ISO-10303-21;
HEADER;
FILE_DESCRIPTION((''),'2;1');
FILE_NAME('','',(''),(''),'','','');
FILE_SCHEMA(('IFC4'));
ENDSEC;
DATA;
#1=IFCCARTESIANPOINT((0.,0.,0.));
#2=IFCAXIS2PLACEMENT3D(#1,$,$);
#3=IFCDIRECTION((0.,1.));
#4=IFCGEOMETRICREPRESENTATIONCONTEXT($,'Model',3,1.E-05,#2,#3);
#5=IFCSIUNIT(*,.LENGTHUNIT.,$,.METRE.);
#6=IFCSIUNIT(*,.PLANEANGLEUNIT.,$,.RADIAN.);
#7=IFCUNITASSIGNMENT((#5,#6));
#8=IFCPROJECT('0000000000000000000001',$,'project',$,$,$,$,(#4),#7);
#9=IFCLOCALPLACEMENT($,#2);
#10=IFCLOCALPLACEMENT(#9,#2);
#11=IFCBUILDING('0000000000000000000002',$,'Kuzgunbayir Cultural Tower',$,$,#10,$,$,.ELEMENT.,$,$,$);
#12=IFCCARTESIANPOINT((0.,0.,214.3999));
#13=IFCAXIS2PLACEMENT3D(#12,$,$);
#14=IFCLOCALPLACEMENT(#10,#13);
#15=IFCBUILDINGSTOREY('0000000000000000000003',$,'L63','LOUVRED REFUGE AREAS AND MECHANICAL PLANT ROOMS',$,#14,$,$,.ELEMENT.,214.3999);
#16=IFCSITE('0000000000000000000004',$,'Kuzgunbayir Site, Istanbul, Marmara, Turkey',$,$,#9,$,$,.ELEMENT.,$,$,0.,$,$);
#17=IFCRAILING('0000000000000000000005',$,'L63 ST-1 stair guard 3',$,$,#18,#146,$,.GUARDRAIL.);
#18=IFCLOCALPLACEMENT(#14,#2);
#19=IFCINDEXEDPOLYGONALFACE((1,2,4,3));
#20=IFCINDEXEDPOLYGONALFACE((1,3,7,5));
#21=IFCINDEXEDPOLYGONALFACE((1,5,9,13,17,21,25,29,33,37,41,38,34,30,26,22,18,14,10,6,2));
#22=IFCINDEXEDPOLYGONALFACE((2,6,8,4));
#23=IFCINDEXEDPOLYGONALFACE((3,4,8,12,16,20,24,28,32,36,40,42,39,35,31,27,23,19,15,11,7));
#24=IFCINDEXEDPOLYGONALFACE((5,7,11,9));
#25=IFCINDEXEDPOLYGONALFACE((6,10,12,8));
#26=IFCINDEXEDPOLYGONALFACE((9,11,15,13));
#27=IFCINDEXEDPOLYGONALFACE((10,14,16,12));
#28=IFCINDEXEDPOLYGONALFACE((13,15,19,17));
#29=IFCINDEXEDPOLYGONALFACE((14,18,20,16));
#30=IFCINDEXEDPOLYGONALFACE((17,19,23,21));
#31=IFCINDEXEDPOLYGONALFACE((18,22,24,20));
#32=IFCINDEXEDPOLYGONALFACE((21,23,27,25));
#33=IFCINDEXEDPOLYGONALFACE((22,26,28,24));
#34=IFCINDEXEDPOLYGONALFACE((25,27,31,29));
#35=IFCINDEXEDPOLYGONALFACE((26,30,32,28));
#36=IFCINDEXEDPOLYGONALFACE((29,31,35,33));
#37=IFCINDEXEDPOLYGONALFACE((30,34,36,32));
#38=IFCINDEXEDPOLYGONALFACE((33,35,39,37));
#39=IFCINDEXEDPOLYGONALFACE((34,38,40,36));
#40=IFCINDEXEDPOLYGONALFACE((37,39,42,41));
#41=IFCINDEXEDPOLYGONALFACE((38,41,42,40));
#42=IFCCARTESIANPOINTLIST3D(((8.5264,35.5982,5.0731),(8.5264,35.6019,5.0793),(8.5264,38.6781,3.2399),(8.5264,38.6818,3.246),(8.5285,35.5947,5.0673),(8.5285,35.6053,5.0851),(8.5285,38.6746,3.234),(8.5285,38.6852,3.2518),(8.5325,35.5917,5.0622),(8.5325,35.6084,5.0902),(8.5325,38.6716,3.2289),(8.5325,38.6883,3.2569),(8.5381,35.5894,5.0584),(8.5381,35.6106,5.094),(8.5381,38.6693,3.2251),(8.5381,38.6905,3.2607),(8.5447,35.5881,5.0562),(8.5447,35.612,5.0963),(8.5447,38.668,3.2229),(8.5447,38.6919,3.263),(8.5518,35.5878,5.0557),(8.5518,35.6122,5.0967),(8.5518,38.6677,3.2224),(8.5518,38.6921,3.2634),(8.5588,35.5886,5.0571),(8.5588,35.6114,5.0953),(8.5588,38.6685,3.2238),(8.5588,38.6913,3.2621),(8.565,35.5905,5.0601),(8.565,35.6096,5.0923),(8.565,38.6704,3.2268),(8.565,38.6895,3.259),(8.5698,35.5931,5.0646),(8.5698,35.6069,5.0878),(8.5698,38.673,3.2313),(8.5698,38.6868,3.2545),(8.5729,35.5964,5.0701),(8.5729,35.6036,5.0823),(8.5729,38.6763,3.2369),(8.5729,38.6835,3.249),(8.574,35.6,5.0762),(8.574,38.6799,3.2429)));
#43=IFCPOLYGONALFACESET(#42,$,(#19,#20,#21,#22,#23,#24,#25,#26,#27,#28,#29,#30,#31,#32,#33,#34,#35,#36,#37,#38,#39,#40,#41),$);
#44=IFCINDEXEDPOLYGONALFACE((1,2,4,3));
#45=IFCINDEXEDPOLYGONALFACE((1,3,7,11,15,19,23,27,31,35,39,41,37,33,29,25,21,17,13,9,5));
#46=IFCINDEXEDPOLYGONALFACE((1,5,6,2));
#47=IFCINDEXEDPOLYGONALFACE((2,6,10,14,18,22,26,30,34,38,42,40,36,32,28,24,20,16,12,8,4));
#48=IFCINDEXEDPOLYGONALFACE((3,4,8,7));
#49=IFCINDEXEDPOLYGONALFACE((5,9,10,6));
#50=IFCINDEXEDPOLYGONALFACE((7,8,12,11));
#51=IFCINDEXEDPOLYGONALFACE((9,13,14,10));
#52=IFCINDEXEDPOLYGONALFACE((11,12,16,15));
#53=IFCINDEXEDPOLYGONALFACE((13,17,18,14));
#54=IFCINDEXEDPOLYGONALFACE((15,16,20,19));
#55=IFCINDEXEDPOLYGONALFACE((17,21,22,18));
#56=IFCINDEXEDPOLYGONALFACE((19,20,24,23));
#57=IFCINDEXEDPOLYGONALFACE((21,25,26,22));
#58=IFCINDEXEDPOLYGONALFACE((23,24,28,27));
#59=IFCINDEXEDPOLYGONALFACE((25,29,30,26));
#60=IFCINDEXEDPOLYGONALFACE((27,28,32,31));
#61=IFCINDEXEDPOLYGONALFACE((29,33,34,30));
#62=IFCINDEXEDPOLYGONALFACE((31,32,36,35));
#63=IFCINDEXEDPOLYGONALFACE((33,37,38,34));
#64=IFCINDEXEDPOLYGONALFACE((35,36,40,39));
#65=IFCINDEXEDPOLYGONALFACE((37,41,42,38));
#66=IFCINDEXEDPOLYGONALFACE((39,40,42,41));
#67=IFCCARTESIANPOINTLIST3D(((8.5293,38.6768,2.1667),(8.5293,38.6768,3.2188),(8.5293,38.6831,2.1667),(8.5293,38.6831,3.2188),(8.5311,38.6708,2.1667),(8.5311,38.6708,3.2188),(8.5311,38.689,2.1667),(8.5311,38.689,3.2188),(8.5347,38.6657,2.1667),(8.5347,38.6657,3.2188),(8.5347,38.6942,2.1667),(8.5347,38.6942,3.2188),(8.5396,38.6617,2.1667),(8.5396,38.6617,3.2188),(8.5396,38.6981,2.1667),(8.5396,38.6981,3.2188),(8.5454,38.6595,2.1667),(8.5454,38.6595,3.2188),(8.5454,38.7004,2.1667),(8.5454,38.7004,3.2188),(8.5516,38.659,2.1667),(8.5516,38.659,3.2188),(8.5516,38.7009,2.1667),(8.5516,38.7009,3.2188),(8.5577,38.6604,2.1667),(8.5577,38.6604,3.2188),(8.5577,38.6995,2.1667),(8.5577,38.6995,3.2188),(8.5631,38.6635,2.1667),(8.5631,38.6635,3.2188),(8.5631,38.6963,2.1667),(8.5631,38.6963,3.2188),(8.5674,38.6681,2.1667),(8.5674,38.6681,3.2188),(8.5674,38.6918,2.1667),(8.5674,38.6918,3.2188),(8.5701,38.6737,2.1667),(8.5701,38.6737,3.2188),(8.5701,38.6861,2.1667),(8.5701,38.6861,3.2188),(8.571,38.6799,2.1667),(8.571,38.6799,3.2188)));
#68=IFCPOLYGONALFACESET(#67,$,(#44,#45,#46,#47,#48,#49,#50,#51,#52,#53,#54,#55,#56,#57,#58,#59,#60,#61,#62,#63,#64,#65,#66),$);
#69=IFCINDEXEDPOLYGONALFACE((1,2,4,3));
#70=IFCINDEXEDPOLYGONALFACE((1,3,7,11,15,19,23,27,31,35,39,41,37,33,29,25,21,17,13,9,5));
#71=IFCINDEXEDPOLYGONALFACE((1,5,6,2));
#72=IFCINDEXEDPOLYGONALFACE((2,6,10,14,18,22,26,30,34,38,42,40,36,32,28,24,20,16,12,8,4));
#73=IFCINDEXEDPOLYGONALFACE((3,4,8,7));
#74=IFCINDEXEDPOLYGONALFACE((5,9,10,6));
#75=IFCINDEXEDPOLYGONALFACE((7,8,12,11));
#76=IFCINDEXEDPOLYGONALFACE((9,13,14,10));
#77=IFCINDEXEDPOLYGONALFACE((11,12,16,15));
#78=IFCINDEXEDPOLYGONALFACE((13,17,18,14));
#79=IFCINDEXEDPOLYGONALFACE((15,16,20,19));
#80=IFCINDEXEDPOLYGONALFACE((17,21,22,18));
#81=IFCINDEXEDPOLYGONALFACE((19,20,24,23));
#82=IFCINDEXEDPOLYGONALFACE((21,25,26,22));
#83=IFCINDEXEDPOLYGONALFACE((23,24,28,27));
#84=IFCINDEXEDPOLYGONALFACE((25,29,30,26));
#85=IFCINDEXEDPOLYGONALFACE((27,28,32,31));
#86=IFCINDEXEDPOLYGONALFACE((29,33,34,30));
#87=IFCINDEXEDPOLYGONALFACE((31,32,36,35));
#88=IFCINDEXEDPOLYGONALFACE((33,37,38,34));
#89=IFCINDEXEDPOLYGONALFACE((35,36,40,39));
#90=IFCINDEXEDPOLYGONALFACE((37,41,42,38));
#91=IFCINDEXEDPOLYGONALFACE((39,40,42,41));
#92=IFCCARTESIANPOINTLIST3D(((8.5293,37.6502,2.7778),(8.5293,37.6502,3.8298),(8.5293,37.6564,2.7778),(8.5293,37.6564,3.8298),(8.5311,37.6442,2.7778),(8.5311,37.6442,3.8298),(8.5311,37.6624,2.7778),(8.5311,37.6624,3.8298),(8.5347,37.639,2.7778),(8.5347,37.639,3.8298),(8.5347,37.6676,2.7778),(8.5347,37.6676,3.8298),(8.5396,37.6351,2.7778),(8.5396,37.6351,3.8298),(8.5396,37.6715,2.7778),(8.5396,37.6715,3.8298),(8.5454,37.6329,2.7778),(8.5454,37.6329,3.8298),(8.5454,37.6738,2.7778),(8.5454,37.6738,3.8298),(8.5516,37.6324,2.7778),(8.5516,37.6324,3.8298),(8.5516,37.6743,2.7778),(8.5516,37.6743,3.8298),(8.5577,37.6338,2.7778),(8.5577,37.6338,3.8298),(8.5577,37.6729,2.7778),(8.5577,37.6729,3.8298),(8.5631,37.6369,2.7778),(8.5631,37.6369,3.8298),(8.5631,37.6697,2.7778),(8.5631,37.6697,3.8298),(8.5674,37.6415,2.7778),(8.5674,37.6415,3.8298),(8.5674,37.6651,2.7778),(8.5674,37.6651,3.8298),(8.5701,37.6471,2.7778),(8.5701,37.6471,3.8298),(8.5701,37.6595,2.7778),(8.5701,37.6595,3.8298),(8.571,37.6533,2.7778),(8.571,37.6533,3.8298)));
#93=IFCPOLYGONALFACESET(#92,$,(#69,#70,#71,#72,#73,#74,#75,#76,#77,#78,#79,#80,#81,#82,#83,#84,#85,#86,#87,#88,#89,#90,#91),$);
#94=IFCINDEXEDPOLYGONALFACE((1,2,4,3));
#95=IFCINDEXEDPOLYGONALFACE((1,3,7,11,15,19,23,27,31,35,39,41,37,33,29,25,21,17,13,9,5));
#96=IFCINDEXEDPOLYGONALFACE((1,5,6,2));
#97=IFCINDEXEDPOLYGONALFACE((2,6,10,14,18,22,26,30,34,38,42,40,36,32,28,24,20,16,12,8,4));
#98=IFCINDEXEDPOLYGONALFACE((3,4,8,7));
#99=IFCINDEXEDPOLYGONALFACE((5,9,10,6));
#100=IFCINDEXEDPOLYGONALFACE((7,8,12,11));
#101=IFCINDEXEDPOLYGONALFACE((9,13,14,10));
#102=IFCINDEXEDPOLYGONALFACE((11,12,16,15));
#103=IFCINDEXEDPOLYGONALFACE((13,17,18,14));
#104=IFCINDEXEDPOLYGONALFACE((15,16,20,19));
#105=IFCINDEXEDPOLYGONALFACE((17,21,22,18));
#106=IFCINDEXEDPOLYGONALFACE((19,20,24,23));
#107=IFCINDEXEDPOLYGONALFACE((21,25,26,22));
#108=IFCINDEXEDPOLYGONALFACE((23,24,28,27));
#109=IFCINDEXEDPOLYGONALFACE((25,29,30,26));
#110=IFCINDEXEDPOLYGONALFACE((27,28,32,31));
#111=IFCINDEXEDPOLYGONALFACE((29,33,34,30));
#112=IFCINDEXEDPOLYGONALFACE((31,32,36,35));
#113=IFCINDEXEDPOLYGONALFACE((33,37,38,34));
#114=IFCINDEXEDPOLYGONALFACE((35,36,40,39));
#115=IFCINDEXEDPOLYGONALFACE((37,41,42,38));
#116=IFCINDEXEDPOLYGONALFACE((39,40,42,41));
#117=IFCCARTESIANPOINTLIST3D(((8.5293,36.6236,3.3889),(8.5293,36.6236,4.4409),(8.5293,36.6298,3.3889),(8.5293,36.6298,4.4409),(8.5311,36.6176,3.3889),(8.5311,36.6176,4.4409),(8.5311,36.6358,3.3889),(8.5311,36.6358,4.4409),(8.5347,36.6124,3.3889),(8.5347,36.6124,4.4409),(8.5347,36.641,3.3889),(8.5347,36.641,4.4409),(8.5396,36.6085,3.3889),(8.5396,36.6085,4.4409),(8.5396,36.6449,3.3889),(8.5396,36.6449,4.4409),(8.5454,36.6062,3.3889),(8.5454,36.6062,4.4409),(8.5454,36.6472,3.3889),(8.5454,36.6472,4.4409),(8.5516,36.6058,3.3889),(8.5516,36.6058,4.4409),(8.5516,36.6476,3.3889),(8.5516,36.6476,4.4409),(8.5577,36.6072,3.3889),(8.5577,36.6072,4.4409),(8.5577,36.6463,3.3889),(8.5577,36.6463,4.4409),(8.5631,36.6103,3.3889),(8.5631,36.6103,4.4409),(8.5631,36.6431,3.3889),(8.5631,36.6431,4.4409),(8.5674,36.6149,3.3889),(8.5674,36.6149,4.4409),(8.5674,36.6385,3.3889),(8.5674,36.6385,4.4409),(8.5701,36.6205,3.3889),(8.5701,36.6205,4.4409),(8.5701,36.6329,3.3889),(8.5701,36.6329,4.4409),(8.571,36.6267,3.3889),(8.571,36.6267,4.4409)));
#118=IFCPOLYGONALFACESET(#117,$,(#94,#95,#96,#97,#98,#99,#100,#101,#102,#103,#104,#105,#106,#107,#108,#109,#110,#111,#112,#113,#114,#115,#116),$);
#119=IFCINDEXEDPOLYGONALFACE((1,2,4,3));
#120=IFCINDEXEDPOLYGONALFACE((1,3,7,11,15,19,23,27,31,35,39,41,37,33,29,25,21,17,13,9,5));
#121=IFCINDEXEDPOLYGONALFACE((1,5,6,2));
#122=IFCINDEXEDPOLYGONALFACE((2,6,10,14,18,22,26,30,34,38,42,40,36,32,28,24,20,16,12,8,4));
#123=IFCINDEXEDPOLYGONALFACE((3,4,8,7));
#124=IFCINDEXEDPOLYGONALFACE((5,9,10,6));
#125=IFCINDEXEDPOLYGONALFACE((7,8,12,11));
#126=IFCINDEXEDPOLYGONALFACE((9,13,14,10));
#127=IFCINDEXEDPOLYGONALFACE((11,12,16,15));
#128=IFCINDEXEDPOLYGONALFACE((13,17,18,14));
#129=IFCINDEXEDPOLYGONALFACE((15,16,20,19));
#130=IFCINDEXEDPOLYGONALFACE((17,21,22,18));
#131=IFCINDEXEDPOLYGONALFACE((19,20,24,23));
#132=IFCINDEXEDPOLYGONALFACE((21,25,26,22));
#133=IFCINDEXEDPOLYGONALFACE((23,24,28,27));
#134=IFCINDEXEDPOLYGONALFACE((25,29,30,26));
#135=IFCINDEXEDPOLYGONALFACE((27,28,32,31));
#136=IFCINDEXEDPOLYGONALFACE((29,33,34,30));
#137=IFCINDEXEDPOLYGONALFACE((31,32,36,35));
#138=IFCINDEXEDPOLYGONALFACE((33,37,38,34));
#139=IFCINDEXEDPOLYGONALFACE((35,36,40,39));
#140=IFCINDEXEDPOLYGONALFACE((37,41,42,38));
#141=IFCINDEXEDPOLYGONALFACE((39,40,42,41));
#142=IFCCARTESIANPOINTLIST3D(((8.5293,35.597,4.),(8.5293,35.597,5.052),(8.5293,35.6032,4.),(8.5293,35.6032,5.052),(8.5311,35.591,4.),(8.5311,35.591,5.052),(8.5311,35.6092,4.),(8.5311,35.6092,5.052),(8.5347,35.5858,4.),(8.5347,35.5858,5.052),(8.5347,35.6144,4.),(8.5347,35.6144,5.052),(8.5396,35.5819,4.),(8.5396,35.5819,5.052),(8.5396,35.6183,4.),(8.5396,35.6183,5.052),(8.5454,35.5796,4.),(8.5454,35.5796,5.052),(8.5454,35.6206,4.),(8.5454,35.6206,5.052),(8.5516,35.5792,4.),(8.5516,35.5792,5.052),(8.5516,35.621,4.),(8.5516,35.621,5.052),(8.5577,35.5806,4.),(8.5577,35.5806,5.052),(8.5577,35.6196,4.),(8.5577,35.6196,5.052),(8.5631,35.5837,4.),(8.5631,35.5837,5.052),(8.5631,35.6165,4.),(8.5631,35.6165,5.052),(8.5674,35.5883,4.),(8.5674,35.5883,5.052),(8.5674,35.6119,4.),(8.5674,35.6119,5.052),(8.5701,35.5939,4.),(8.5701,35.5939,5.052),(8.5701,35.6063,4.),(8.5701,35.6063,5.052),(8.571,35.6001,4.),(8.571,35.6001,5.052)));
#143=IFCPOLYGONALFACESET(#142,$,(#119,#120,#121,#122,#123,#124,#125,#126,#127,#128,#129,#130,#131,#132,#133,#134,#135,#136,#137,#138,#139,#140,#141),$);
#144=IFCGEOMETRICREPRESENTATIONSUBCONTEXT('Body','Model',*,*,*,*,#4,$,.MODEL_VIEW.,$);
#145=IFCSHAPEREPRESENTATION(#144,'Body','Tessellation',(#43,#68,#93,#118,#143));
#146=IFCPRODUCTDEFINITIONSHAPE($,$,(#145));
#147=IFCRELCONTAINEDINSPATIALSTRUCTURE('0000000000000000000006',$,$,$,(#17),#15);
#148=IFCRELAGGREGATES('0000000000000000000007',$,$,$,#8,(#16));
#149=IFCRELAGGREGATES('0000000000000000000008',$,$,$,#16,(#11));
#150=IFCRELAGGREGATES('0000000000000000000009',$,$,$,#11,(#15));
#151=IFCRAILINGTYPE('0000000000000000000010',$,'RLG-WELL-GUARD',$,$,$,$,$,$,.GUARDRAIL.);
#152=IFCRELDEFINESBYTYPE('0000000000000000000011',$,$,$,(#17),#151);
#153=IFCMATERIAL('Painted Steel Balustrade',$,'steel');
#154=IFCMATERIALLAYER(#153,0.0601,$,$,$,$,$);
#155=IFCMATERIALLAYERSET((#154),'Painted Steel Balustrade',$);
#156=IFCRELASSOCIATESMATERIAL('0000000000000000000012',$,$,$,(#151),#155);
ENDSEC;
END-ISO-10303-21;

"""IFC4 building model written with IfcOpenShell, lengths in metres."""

from ifc_helpers import new_model, si_unit, direction, frame, origin, origin_2d, place, context, subcontext, project, spatial, circle, extrude, material, layer, layer_set, type_object, element, save


model = new_model("IFC4")

# Units and contexts
model_context = context("Model", 3, precision=1e-05, world=origin(), true_north=direction((0.0, 1.0)))
body_context = subcontext(model_context, "Body", "Model", "MODEL_VIEW")
ifc_project = project(units=[si_unit("LENGTHUNIT", "METRE"), si_unit("PLANEANGLEUNIT", "RADIAN")], contexts=[model_context])

# Site, building, storey
site_placement = place(None, origin())
site = spatial("IfcSite", under=ifc_project, at=site_placement, Name="Kuzgunbayir Site, Istanbul, Marmara, Turkey", CompositionType="ELEMENT", RefElevation=0.0)
building_placement = place(site_placement, origin())
building = spatial("IfcBuilding", under=site, at=building_placement, Name="Kuzgunbayir Cultural Tower", CompositionType="ELEMENT")
storey_placement = place(building_placement, frame((0.0, 0.0, 214.3999)))
storey = spatial("IfcBuildingStorey", under=building, at=storey_placement, Name="L63", Description="LOUVRED REFUGE AREAS AND MECHANICAL PLANT ROOMS", CompositionType="ELEMENT", Elevation=214.3999)

# Railing
ifc_material_1 = material(Name="Painted Steel Balustrade", Category="steel")
ifc_layer_1 = layer(ifc_material_1, 0.0601)
ifc_layer_set_1 = layer_set([ifc_layer_1], Name="Painted Steel Balustrade")
railing_type_1 = type_object("IfcRailingType", Name="RLG-WELL-GUARD", PredefinedType="GUARDRAIL", material=ifc_layer_set_1)
railing_1_placement = place(storey_placement, frame((8.55, 38.6799, 2.1667)))
element("IfcRailing", 1, at=railing_1_placement, inside=storey, type_object=railing_type_1, Name="L63 ST-1 stair guard 3", PredefinedType="GUARDRAIL", context=body_context, shape_type="SweptSolid", body=[
    extrude(circle(Radius=0.0239, at=origin_2d()), frame((0.0, 0.0, 1.0762), z_axis=(0.0, -0.859291, 0.511487), x_axis=(1.0, 0.0, 0.0)), (0.0, 0.0, 1.0), 3.5842),
    extrude(circle(Radius=0.021, at=origin_2d()), origin(), (0.0, 0.0, 1.0), 1.052),
    extrude(circle(Radius=0.021, at=origin_2d()), frame((0.0, -1.0266, 0.6111)), (0.0, 0.0, 1.0), 1.052),
    extrude(circle(Radius=0.021, at=origin_2d()), frame((0.0, -2.0532, 1.2222)), (0.0, 0.0, 1.0), 1.052),
    extrude(circle(Radius=0.021, at=origin_2d()), frame((0.0, -3.0798, 1.8333)), (0.0, 0.0, 1.0), 1.052),
])

save(model, "model.ifc")
